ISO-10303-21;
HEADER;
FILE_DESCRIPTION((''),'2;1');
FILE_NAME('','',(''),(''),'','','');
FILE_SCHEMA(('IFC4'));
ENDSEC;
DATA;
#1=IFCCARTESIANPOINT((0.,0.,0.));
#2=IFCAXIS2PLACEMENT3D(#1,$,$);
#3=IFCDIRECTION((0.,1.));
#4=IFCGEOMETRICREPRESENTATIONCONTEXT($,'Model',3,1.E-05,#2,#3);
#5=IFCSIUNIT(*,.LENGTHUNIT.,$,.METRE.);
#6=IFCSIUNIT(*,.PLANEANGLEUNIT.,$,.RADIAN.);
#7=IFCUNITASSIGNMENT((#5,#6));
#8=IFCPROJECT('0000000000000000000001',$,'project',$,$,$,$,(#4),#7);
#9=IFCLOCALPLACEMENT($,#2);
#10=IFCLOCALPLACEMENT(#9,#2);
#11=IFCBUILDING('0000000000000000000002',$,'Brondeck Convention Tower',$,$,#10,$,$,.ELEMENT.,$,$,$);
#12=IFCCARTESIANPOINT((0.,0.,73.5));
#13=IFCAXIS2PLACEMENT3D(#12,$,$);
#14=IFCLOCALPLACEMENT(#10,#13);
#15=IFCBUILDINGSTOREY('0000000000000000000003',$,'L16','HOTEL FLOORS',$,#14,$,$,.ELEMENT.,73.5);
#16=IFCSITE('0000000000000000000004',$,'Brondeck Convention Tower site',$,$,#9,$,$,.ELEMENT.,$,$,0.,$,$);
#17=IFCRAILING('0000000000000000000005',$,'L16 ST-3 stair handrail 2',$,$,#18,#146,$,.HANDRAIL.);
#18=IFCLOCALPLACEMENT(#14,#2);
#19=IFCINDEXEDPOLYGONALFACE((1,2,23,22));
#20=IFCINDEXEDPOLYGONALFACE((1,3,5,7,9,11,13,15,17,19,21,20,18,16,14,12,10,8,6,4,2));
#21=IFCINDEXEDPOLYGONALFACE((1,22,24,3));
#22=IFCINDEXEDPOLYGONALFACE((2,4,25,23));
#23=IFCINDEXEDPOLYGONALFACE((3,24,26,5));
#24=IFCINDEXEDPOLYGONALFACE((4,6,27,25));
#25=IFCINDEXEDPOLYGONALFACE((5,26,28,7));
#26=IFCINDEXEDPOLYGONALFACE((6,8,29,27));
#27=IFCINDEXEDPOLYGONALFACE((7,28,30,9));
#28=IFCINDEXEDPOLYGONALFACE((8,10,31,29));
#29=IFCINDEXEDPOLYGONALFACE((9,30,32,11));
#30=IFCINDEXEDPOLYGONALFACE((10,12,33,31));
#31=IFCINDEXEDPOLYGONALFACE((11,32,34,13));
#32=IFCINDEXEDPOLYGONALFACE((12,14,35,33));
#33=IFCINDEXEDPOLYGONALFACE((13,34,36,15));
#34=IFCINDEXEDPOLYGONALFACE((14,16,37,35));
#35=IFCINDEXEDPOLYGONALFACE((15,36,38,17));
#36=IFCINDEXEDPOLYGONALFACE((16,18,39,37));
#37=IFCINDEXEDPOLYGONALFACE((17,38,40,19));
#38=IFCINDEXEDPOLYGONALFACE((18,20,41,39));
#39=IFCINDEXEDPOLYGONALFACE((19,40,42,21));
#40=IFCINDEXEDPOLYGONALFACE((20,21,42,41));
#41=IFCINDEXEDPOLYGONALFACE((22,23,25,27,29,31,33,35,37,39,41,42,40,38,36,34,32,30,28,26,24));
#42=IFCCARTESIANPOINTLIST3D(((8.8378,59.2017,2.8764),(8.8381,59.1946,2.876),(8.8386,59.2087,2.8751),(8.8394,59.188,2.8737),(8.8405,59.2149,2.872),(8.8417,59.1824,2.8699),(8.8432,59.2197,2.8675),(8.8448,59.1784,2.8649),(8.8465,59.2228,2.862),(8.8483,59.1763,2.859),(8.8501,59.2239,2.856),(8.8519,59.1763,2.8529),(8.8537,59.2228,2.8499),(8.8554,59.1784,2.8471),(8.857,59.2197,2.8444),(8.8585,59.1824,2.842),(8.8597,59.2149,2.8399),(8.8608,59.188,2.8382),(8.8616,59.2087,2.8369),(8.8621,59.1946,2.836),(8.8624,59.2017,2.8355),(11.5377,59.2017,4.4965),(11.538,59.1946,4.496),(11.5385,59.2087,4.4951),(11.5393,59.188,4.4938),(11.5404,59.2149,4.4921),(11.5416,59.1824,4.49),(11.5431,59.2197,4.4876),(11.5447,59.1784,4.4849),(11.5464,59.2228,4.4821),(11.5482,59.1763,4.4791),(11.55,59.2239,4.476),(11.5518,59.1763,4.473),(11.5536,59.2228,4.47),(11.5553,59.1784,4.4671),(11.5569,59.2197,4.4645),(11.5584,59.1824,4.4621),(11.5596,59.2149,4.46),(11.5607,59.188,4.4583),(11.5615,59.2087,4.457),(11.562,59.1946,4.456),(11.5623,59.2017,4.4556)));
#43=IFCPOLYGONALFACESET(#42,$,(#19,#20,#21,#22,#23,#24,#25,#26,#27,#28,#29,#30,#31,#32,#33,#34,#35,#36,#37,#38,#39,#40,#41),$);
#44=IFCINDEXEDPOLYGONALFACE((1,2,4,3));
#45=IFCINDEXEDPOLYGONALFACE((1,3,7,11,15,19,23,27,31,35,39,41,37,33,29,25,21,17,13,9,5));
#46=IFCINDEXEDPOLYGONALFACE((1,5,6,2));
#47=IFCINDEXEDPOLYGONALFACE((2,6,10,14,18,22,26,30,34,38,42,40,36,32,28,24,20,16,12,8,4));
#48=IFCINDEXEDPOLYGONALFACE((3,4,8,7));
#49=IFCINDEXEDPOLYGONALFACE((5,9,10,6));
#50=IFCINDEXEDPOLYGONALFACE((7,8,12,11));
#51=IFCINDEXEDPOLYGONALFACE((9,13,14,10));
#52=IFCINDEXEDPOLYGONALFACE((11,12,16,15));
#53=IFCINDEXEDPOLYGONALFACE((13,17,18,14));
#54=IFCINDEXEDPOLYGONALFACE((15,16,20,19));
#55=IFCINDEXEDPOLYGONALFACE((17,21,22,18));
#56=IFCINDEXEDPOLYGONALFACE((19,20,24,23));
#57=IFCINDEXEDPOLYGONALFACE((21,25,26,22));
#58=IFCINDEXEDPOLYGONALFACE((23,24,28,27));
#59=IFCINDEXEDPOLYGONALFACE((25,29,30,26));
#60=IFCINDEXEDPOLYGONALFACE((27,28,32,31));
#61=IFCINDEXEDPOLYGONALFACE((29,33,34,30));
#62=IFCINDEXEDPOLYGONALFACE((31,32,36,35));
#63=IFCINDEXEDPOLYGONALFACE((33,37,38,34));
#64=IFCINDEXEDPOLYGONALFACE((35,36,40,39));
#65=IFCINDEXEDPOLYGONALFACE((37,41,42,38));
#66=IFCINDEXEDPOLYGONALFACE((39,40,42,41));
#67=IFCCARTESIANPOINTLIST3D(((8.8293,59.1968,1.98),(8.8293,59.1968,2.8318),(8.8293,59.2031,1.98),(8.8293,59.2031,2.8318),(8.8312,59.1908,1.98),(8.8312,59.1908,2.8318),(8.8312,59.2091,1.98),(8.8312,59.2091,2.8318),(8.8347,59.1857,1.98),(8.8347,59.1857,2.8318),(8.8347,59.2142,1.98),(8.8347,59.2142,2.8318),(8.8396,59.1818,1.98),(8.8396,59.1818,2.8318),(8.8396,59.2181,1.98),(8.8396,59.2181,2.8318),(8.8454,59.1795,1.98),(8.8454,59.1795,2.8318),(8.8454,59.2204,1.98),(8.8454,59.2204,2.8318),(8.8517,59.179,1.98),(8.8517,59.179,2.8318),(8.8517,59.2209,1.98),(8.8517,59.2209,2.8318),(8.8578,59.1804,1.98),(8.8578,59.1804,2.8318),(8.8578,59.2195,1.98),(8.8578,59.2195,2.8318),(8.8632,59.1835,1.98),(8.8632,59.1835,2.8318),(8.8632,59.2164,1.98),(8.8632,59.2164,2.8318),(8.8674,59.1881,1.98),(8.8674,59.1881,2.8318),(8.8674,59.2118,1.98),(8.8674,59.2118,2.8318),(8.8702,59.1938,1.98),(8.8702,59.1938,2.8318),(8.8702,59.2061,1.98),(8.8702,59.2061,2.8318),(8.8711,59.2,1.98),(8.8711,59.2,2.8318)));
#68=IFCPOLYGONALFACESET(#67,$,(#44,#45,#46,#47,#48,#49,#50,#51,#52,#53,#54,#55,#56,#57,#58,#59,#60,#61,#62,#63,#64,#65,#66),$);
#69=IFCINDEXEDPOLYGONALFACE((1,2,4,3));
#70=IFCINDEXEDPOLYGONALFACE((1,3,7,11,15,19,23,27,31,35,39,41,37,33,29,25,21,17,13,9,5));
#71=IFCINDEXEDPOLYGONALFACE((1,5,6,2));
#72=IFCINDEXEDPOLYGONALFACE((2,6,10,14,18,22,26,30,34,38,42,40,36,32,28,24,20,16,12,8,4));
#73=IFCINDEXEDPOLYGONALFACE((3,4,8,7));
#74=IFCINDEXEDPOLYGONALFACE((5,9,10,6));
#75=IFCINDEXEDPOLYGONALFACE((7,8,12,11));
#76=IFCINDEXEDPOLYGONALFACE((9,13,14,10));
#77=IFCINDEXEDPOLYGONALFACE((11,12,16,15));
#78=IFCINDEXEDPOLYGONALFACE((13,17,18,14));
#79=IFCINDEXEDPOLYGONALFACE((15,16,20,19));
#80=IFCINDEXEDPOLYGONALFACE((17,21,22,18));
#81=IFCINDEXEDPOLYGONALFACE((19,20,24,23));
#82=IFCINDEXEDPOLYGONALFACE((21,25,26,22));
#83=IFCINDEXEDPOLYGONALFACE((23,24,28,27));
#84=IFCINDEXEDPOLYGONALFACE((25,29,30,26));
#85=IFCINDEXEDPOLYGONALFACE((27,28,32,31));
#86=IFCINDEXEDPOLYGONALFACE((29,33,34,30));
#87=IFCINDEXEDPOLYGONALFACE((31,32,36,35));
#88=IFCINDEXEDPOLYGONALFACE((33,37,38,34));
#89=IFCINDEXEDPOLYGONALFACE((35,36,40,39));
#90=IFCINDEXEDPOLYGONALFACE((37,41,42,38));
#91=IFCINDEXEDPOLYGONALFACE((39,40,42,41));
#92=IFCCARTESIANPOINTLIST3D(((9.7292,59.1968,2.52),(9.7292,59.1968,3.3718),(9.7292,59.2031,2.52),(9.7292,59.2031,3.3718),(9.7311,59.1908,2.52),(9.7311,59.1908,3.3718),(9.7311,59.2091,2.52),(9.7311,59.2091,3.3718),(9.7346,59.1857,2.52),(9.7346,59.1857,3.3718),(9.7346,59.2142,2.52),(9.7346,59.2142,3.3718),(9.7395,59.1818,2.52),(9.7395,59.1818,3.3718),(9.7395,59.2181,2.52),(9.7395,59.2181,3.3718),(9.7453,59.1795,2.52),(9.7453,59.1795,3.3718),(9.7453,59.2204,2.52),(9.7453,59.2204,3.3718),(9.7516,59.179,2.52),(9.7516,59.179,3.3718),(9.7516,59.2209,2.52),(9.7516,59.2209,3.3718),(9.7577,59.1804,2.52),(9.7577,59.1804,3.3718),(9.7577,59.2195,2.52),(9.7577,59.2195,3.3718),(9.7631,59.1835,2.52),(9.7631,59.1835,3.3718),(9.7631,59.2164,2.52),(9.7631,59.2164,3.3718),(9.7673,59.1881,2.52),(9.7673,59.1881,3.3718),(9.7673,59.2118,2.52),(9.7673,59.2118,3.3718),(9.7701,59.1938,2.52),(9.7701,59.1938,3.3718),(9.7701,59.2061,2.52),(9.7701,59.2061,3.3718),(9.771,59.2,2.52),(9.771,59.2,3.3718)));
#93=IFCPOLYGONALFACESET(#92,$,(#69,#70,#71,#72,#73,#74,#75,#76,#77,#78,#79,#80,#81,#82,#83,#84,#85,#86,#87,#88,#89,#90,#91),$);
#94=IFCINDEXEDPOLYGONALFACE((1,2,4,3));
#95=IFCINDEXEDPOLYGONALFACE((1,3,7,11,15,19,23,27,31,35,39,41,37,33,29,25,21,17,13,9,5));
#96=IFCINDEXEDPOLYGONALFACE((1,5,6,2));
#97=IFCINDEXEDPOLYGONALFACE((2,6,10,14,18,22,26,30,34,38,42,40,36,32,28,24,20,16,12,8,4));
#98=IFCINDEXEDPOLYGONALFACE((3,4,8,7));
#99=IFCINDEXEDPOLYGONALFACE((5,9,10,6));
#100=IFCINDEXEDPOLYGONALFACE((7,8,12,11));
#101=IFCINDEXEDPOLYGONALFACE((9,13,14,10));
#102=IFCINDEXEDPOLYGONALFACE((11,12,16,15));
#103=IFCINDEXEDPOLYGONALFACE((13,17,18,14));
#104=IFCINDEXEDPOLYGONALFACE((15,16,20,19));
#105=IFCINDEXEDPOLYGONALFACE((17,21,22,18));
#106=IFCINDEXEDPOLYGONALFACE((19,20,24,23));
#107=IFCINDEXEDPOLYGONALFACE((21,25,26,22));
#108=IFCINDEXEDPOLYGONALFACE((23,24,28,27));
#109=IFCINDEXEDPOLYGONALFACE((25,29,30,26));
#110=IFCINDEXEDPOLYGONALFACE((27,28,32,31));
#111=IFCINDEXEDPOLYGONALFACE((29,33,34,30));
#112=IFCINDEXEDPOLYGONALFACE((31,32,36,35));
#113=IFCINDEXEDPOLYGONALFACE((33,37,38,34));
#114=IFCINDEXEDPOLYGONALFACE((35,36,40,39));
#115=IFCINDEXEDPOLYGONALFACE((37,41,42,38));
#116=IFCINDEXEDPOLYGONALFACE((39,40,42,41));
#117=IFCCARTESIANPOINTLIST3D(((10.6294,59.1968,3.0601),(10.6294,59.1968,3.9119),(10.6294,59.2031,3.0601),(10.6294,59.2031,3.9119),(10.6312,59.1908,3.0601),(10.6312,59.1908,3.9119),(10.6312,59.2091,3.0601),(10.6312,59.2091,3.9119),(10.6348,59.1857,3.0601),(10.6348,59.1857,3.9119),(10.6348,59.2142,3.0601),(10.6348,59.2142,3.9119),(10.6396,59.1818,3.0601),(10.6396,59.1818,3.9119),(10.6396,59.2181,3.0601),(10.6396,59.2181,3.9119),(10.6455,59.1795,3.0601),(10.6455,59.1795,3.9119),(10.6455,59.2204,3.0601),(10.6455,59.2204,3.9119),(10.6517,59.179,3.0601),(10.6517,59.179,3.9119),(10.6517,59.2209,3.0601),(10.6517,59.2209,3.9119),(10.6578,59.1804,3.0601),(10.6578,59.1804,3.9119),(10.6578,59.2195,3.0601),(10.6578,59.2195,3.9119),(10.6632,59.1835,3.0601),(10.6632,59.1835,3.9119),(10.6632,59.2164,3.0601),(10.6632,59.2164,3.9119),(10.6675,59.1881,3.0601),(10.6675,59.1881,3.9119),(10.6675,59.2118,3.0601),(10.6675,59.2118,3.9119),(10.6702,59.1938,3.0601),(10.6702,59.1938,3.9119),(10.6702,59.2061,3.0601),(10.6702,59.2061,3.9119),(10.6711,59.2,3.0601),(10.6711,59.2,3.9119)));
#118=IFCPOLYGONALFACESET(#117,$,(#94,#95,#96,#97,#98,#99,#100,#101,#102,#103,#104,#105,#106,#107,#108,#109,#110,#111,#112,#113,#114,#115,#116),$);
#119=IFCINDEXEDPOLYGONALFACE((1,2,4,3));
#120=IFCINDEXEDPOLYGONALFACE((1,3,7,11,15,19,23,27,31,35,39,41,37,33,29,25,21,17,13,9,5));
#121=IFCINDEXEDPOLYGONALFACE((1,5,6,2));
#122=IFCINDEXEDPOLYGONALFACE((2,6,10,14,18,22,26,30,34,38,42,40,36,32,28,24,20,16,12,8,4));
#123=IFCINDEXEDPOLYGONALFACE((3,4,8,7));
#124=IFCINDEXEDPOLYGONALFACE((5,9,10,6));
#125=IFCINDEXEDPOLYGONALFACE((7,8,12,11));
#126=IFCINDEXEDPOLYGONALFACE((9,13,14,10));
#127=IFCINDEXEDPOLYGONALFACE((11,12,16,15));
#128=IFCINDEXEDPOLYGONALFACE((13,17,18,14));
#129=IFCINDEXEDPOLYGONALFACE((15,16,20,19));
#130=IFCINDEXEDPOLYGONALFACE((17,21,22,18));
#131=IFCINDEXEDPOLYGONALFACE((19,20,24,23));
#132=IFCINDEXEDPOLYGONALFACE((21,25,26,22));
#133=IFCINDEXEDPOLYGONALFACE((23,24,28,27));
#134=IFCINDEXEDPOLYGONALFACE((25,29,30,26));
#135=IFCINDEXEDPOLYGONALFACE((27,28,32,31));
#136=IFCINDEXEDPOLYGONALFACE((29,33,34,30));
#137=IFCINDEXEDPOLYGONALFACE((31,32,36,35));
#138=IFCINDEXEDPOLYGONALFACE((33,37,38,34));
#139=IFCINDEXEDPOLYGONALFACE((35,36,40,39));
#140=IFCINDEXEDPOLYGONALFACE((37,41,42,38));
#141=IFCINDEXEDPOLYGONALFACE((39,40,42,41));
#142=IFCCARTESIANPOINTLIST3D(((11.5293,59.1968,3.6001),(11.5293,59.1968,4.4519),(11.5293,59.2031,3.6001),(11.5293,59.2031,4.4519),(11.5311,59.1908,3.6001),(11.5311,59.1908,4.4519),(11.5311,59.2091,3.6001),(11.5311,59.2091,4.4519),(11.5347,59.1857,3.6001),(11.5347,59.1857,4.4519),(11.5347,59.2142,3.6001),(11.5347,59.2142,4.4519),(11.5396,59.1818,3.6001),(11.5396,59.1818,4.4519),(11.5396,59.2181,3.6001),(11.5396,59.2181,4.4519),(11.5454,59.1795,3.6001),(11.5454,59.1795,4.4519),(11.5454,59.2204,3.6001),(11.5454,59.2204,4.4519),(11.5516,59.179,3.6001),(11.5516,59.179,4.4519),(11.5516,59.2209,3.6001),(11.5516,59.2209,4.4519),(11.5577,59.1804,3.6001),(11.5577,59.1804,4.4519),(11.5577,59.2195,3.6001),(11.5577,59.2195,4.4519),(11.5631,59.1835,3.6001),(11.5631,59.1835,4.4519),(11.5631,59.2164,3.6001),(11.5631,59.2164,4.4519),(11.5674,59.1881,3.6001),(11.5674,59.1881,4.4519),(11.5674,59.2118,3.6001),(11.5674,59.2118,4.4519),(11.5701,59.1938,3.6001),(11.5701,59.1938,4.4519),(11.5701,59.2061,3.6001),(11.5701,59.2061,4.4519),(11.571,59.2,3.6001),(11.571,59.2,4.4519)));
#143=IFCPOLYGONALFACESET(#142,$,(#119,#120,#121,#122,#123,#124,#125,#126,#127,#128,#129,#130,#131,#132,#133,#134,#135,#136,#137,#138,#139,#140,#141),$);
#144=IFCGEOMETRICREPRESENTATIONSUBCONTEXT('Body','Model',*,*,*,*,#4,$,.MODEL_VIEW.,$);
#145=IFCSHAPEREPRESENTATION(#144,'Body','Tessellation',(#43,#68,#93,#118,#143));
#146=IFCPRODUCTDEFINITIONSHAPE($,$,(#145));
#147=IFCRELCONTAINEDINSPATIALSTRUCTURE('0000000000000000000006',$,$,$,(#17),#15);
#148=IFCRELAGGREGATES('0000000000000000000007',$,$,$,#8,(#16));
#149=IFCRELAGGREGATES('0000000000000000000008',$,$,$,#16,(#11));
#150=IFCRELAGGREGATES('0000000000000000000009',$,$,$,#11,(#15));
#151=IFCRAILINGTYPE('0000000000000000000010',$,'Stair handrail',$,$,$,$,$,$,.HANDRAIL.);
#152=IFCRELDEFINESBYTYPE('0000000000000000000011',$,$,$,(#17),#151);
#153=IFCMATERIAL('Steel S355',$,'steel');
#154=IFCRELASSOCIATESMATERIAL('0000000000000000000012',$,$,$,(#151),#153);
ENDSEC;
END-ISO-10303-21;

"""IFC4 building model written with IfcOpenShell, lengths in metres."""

from ifc_helpers import new_model, si_unit, direction, frame, origin, origin_2d, place, context, subcontext, project, spatial, circle, extrude, material, type_object, element, save


model = new_model("IFC4")

# Units and contexts
model_context = context("Model", 3, precision=1e-05, world=origin(), true_north=direction((0.0, 1.0)))
body_context = subcontext(model_context, "Body", "Model", "MODEL_VIEW")
ifc_project = project(units=[si_unit("LENGTHUNIT", "METRE"), si_unit("PLANEANGLEUNIT", "RADIAN")], contexts=[model_context])

# Site, building, storey
site_placement = place(None, origin())
site = spatial("IfcSite", under=ifc_project, at=site_placement, Name="Brondeck Convention Tower site", CompositionType="ELEMENT", RefElevation=0.0)
building_placement = place(site_placement, origin())
building = spatial("IfcBuilding", under=site, at=building_placement, Name="Brondeck Convention Tower", CompositionType="ELEMENT")
storey_placement = place(building_placement, frame((0.0, 0.0, 73.5)))
storey = spatial("IfcBuildingStorey", under=building, at=storey_placement, Name="L16", Description="HOTEL FLOORS", CompositionType="ELEMENT", Elevation=73.5)

# Railing
ifc_material_1 = material(Name="Steel S355", Category="steel")
railing_type_1 = type_object("IfcRailingType", Name="Stair handrail", PredefinedType="HANDRAIL", material=ifc_material_1)
railing_1_placement = place(storey_placement, frame((8.8501, 59.2, 1.98)))
element("IfcRailing", 1, at=railing_1_placement, inside=storey, type_object=railing_type_1, Name="L16 ST-3 stair handrail 2", PredefinedType="HANDRAIL", context=body_context, shape_type="SweptSolid", body=[
    extrude(circle(Radius=0.0239, at=origin_2d()), frame((0.0, 0.0, 0.876), z_axis=(0.857472, 0.0, 0.51453), x_axis=(0.0, 1.0, 0.0)), (0.0, 0.0, 1.0), 3.1487),
    extrude(circle(Radius=0.021, at=origin_2d()), origin(), (0.0, 0.0, 1.0), 0.8518),
    extrude(circle(Radius=0.021, at=origin_2d()), frame((0.8999, 0.0, 0.54)), (0.0, 0.0, 1.0), 0.8518),
    extrude(circle(Radius=0.021, at=origin_2d()), frame((1.8, 0.0, 1.0801)), (0.0, 0.0, 1.0), 0.8518),
    extrude(circle(Radius=0.021, at=origin_2d()), frame((2.7, 0.0, 1.6201)), (0.0, 0.0, 1.0), 0.8518),
])

save(model, "model.ifc")
